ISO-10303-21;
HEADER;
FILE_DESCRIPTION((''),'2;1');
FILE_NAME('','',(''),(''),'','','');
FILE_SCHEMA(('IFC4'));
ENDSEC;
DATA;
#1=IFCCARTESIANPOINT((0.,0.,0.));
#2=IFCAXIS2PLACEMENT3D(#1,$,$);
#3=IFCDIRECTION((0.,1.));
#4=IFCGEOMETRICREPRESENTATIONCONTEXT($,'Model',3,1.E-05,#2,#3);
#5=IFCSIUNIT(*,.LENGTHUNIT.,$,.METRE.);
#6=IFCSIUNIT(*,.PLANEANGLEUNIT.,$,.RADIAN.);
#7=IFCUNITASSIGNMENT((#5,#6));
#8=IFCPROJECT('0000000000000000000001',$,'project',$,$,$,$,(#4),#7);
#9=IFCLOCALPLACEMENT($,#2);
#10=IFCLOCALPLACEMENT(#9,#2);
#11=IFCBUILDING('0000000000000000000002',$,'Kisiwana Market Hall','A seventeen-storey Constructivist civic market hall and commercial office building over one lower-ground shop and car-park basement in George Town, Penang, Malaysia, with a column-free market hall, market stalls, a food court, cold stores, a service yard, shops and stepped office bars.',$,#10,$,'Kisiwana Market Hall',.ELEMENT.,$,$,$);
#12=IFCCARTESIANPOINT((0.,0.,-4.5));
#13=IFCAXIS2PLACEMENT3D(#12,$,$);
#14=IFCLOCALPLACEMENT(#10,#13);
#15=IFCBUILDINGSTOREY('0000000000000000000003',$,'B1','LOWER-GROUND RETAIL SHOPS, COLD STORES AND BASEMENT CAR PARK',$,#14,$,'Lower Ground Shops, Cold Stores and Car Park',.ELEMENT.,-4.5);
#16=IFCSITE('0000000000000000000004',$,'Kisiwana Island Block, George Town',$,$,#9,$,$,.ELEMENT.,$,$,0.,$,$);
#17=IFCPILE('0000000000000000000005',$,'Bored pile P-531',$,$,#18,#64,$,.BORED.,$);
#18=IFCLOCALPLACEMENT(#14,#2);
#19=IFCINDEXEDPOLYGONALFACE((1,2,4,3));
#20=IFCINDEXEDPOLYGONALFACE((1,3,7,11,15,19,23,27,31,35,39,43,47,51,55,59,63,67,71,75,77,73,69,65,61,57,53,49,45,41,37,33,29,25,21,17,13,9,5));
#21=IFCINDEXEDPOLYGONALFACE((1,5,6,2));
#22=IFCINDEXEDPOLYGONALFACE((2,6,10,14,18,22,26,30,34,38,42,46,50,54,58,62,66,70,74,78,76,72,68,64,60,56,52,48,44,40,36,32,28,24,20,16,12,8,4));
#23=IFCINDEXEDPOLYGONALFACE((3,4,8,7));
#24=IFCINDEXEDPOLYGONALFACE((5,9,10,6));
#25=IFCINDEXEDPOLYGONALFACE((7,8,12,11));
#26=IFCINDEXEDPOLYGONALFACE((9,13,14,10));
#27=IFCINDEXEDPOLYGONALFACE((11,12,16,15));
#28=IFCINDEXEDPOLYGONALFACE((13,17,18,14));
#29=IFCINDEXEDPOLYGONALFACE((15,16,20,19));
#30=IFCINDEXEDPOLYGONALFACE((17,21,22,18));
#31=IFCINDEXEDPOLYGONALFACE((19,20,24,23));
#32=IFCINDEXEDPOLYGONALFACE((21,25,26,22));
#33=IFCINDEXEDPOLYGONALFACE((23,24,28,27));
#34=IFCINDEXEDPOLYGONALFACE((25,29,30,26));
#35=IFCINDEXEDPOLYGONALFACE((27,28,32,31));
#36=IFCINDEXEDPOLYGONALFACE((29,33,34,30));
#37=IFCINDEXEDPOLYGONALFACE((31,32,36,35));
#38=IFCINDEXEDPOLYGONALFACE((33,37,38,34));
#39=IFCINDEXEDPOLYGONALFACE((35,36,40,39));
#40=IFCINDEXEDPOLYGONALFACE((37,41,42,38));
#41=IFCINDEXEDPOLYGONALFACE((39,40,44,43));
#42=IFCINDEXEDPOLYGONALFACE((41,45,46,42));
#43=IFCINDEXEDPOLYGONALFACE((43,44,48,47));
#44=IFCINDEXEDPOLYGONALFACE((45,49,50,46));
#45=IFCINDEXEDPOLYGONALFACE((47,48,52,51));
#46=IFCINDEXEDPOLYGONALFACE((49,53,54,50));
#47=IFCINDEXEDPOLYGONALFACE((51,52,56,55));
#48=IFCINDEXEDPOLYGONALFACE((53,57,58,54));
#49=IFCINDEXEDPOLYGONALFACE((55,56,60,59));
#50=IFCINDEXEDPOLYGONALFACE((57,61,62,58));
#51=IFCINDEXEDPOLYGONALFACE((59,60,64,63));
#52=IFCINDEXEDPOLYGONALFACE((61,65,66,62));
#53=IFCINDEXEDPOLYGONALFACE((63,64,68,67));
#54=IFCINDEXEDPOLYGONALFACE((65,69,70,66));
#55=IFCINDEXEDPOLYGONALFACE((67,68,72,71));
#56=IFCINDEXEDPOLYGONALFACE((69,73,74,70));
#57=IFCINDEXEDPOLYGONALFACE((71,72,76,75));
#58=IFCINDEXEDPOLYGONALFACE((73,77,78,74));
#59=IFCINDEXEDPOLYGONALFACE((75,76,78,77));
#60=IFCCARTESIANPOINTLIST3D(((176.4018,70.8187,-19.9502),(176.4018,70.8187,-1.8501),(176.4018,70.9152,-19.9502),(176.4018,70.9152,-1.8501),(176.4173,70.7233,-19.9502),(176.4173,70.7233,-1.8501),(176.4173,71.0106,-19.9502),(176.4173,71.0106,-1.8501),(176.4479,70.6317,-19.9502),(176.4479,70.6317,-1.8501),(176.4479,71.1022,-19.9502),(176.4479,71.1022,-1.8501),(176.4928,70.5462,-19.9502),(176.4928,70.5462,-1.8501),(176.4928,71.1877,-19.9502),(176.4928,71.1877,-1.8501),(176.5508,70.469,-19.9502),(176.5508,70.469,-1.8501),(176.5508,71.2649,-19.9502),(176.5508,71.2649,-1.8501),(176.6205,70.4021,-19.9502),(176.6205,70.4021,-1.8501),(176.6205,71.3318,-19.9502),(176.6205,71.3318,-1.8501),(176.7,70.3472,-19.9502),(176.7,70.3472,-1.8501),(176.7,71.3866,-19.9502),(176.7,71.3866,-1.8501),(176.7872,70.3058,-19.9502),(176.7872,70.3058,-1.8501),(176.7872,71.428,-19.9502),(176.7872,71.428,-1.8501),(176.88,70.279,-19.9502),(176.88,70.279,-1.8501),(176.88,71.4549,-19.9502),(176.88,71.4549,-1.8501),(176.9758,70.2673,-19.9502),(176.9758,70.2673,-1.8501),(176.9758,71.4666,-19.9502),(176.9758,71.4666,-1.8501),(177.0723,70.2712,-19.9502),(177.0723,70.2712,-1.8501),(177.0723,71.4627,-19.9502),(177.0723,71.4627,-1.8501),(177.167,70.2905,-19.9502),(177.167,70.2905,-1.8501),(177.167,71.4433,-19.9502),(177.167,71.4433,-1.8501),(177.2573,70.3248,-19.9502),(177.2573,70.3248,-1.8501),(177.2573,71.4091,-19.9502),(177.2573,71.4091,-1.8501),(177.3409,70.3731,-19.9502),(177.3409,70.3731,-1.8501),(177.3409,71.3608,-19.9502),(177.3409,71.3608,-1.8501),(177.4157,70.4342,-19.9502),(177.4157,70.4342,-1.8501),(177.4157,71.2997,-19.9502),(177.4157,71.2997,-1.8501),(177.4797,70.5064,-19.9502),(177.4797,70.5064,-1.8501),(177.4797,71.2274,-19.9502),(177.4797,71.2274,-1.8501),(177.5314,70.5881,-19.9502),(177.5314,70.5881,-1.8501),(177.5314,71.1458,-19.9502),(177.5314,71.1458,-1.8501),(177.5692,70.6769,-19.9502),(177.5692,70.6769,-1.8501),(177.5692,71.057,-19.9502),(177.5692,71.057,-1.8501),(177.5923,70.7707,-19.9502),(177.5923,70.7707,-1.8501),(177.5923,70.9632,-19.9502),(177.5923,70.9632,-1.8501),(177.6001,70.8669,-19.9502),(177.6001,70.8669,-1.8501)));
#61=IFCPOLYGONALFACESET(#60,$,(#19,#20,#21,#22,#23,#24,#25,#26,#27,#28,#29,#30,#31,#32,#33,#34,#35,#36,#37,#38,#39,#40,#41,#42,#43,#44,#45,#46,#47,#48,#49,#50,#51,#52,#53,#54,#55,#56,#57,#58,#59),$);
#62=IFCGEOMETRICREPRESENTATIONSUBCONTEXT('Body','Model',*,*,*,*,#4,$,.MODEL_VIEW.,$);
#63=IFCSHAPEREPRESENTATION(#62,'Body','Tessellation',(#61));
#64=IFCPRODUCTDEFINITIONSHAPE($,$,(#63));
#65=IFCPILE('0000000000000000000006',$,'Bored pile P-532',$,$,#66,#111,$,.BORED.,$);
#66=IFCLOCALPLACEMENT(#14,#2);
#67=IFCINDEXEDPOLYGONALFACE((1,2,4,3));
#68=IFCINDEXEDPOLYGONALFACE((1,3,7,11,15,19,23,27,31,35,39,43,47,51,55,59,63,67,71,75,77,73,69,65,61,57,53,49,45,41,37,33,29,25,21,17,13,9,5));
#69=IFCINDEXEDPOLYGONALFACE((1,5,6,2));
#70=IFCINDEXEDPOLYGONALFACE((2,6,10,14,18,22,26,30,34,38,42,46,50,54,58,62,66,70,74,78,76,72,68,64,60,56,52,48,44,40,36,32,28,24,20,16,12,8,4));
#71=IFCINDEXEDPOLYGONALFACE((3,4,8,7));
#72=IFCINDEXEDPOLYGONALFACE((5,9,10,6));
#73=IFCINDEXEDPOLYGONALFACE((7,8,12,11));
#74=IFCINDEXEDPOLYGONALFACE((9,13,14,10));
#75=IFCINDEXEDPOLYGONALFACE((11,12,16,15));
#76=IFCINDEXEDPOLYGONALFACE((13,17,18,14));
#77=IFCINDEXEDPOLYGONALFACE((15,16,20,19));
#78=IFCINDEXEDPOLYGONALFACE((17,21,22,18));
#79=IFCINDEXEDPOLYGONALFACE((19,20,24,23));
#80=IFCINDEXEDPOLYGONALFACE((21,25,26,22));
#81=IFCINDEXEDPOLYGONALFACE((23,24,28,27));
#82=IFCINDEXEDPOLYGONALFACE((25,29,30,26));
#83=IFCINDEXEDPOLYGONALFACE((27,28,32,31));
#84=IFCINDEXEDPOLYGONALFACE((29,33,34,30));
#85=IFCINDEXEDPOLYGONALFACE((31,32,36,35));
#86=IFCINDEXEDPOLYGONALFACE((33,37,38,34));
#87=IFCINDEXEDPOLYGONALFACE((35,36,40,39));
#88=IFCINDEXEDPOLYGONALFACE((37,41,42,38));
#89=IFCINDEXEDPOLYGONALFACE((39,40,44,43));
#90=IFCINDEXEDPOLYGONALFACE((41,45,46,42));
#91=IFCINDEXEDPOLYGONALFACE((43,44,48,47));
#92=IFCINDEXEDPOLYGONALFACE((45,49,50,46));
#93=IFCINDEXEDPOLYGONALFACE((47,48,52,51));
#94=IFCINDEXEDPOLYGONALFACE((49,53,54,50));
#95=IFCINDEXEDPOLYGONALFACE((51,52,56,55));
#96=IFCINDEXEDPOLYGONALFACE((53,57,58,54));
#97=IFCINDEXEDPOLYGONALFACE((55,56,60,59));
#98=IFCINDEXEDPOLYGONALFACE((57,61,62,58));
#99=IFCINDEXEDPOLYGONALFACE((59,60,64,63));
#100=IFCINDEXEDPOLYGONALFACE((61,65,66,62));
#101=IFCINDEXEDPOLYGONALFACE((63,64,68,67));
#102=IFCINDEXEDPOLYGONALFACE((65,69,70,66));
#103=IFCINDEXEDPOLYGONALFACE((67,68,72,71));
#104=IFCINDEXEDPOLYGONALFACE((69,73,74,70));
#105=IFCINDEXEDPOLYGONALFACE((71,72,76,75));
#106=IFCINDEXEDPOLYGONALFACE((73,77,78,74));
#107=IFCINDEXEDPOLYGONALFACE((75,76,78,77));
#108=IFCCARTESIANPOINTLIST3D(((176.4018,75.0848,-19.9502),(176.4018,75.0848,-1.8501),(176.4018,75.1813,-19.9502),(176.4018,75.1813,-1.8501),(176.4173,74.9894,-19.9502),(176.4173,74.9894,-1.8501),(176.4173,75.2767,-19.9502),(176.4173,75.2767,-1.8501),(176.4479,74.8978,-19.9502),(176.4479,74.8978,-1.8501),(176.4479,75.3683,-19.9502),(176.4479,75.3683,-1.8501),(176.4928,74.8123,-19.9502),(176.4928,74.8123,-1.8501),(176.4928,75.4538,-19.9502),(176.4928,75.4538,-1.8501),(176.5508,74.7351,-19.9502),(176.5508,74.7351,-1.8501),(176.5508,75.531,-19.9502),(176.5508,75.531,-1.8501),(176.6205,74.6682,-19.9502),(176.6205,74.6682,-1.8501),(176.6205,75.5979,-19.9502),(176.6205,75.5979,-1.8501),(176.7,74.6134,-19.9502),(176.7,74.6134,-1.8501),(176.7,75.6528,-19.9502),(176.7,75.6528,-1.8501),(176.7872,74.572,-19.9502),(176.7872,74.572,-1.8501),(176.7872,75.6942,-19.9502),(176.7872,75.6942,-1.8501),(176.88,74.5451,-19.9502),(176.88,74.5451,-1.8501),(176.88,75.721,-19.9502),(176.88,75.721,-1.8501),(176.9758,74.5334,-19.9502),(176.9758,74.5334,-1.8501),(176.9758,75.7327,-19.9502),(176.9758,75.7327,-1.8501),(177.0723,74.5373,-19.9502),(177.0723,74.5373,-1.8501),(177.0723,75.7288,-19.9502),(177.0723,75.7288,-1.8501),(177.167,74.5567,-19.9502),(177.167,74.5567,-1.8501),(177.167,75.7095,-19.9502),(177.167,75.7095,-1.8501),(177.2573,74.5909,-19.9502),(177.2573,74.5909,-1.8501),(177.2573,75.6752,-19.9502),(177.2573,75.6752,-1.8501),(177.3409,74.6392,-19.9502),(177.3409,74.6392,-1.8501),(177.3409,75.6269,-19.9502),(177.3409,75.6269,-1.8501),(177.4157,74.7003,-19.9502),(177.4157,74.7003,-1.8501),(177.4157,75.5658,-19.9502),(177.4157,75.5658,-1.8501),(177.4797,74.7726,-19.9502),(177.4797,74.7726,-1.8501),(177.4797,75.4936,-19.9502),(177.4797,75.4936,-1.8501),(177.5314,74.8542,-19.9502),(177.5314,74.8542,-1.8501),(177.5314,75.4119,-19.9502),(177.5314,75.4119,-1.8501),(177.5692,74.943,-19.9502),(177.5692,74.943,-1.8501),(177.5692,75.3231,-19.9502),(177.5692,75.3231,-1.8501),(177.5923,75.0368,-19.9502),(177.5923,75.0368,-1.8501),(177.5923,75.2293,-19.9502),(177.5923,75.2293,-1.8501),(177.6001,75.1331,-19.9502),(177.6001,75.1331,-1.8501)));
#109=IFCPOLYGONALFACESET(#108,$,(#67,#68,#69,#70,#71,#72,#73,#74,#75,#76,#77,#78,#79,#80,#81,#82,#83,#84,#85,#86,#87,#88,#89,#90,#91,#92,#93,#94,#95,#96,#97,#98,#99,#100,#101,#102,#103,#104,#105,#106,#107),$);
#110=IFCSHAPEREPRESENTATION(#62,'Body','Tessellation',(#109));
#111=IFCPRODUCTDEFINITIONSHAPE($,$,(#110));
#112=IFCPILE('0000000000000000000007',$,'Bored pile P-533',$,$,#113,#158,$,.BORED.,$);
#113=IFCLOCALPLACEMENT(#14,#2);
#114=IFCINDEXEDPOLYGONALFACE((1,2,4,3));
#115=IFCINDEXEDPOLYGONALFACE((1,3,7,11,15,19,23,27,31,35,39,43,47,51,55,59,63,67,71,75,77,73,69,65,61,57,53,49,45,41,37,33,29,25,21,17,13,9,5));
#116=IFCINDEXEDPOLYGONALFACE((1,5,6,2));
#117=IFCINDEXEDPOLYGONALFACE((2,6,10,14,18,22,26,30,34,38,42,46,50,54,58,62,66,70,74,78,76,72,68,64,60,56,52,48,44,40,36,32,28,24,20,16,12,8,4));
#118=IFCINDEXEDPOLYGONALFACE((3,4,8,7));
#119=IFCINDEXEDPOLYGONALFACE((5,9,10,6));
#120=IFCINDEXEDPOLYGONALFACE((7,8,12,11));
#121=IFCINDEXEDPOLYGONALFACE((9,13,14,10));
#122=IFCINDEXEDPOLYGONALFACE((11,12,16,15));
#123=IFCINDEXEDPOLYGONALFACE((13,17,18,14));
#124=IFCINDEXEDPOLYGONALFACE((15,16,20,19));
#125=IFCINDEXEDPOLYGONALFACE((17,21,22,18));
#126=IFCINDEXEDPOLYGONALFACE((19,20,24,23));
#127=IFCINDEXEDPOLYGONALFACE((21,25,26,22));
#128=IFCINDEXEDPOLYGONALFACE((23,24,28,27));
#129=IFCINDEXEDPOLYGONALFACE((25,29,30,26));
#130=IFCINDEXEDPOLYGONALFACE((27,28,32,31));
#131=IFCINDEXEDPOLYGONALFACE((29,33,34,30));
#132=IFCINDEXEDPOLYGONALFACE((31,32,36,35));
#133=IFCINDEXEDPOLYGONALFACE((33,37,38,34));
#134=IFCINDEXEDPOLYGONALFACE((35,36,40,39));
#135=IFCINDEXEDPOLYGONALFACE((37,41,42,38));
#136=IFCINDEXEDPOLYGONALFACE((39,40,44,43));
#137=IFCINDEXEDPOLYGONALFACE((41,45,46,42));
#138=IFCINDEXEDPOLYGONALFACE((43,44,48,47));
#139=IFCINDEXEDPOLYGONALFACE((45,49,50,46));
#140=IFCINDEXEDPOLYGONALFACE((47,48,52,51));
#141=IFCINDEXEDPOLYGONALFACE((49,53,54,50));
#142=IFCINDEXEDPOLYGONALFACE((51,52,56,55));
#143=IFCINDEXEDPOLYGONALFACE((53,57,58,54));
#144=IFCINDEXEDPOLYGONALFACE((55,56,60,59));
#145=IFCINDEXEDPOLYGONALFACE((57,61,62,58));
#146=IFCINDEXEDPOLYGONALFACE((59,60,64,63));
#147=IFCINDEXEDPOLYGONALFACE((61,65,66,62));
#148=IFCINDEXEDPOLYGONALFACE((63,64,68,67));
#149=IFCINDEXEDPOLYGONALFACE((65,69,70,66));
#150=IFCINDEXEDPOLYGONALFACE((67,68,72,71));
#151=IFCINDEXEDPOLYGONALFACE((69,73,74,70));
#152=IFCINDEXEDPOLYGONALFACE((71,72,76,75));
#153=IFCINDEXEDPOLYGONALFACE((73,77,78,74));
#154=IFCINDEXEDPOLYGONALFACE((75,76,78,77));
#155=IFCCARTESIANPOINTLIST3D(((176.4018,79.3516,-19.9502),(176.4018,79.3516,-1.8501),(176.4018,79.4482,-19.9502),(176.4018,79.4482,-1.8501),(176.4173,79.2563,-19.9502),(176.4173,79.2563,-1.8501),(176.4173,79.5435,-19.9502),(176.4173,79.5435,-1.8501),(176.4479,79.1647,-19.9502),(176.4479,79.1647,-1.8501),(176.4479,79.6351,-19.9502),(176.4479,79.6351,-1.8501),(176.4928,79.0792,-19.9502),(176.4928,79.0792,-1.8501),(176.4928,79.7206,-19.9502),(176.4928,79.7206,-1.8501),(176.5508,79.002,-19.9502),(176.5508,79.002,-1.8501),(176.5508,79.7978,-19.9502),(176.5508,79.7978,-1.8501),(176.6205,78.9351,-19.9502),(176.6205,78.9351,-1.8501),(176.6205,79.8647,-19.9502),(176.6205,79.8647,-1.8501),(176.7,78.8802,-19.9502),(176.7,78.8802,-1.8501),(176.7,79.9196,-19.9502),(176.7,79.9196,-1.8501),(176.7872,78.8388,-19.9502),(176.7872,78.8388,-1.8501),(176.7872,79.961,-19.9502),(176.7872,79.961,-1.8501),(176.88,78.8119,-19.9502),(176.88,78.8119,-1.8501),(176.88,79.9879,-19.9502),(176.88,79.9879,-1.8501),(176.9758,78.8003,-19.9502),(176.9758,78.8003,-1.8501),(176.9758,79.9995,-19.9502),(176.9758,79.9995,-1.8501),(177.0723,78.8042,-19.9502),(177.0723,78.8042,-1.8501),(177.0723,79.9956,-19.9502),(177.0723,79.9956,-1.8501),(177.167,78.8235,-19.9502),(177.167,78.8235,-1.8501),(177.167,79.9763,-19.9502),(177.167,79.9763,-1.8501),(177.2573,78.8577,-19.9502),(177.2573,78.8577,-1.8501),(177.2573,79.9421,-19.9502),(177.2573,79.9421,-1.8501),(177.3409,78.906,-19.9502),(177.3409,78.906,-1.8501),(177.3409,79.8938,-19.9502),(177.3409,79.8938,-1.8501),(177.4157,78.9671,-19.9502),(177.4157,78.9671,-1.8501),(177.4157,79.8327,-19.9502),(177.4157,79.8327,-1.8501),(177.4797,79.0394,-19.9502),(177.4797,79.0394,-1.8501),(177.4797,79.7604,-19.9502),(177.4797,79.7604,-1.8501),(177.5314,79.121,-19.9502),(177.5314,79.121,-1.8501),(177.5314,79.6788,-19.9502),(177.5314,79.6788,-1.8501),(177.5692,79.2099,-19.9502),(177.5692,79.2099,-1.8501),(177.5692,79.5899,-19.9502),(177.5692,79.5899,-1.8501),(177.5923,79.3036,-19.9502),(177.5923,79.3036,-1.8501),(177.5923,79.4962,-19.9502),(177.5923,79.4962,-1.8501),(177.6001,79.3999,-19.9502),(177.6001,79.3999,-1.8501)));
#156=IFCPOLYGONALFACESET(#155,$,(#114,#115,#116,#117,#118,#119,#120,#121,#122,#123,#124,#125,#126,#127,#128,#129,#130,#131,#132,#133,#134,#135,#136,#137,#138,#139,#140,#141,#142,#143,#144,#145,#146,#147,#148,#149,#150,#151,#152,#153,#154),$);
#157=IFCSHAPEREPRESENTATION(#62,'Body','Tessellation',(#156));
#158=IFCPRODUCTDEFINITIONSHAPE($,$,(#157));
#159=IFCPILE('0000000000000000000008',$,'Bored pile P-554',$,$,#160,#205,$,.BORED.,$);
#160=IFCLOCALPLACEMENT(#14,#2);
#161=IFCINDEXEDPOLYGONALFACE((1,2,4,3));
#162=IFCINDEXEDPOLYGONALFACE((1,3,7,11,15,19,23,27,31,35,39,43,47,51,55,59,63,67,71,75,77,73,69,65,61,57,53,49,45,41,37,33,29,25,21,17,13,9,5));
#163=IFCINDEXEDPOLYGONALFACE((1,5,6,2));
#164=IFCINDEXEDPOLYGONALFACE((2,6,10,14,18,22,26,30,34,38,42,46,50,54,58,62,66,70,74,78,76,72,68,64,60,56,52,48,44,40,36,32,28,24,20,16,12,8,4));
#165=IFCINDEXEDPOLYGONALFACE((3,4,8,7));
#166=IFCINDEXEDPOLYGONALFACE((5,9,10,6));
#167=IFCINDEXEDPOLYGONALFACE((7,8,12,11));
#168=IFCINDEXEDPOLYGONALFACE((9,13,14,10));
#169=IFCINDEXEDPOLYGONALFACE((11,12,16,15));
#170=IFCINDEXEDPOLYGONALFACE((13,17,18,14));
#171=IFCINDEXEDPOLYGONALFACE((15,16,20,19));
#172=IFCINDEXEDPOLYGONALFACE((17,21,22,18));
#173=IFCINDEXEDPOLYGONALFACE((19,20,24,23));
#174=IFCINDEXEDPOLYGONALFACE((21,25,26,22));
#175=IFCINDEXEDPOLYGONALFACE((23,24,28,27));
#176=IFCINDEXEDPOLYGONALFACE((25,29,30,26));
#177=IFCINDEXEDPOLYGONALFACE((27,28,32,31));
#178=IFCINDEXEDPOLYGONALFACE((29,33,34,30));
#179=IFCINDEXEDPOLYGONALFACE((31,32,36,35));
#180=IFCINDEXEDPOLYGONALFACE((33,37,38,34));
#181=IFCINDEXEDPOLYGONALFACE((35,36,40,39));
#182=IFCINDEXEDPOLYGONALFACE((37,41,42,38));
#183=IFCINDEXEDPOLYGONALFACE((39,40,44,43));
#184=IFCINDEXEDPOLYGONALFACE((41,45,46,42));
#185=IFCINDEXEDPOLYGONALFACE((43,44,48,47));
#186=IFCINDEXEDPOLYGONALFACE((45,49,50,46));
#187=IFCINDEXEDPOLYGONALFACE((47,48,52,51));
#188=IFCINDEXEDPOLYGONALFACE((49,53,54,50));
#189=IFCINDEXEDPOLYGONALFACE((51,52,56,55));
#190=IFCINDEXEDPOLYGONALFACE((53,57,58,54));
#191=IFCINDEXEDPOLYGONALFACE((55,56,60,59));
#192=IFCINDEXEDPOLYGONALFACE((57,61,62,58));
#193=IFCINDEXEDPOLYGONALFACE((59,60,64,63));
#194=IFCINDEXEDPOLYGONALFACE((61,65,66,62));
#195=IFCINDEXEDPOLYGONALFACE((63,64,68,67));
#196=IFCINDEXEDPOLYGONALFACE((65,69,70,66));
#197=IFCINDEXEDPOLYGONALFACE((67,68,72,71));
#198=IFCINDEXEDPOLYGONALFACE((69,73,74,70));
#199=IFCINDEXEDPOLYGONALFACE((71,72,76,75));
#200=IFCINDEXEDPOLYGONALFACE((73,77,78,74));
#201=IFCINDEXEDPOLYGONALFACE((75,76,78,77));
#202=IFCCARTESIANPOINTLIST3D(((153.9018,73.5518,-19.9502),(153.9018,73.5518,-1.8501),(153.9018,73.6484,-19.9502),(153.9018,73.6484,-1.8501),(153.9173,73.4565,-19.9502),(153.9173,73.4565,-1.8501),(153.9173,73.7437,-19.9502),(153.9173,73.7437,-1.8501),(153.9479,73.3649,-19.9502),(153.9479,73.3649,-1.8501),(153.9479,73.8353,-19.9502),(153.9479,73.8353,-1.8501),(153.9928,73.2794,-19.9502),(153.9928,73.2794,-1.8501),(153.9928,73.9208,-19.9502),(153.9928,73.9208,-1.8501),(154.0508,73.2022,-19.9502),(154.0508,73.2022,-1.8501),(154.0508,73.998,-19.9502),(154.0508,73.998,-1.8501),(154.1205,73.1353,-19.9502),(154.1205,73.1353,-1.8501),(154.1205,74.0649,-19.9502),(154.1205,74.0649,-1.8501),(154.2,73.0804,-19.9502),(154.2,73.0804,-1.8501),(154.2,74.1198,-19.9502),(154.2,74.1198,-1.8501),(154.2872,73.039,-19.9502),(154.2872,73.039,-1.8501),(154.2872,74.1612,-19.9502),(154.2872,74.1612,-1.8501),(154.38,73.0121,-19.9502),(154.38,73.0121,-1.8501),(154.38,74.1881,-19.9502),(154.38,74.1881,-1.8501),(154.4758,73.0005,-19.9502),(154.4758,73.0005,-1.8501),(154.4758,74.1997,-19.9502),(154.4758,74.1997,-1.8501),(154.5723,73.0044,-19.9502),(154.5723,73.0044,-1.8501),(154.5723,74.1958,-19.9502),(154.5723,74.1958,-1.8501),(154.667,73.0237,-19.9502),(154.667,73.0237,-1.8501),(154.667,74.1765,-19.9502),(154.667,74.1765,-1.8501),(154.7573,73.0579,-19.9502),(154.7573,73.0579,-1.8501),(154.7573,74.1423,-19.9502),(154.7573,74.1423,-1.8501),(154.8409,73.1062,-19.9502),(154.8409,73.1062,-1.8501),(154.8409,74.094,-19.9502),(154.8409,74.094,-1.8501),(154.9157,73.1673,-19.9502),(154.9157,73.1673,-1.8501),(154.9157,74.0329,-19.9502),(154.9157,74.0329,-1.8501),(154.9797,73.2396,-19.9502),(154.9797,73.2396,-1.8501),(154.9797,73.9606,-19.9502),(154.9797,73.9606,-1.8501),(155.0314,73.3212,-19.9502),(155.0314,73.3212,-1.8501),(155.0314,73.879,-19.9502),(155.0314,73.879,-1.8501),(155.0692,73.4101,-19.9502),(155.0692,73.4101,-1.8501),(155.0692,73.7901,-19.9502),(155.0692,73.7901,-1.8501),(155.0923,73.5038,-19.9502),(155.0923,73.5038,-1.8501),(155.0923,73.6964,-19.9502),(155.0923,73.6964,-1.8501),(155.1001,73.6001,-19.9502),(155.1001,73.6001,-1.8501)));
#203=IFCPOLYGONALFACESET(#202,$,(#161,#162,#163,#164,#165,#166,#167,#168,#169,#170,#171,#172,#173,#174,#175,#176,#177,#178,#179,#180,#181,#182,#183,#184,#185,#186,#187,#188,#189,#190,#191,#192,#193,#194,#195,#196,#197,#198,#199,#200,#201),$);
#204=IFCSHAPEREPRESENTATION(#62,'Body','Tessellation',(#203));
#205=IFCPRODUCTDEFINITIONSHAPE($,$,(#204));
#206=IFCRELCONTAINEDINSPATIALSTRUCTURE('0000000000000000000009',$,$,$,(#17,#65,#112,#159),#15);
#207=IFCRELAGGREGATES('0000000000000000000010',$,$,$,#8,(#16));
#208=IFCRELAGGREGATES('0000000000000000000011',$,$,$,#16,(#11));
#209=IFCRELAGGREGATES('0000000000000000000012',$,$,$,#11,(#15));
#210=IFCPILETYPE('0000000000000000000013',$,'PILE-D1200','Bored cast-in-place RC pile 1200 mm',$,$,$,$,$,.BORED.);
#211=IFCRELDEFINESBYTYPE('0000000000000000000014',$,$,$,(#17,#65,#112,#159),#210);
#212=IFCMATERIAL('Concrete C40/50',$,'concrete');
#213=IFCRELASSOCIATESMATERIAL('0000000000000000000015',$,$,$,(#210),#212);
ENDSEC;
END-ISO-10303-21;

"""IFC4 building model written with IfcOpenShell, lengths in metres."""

from ifc_helpers import new_model, si_unit, direction, frame, origin, origin_2d, place, context, subcontext, project, spatial, circle, extrude, material, material_profile, profile_set, type_object, element, save


model = new_model("IFC4")

# Units and contexts
model_context = context("Model", 3, precision=1e-05, world=origin(), true_north=direction((0.0, 1.0)))
body_context = subcontext(model_context, "Body", "Model", "MODEL_VIEW")
ifc_project = project(units=[si_unit("LENGTHUNIT", "METRE"), si_unit("PLANEANGLEUNIT", "RADIAN")], contexts=[model_context])

# Site, building, storey
site_placement = place(None, origin())
site = spatial("IfcSite", under=ifc_project, at=site_placement, Name="Kisiwana Island Block, George Town", CompositionType="ELEMENT", RefElevation=0.0)
building_placement = place(site_placement, origin())
building = spatial("IfcBuilding", under=site, at=building_placement, Name="Kisiwana Market Hall", Description="A seventeen-storey Constructivist civic market hall and commercial office building over one lower-ground shop and car-park basement in George Town, Penang, Malaysia, with a column-free market hall, market stalls, a food court, cold stores, a service yard, shops and stepped office bars.", LongName="Kisiwana Market Hall", CompositionType="ELEMENT")
storey_placement = place(building_placement, frame((0.0, 0.0, -4.5)))
storey = spatial("IfcBuildingStorey", under=building, at=storey_placement, Name="B1", Description="LOWER-GROUND RETAIL SHOPS, COLD STORES AND BASEMENT CAR PARK", LongName="Lower Ground Shops, Cold Stores and Car Park", CompositionType="ELEMENT", Elevation=-4.5)

# Piles
ifc_material_1 = material(Name="Concrete C40/50", Category="concrete")
ifc_material_profile_1 = material_profile(ifc_material_1, circle(Radius=0.6001, at=origin_2d()), Name="BP D1200")
ifc_profile_set_1 = profile_set([ifc_material_profile_1], Name="Concrete C40/50")
pile_type_1 = type_object("IfcPileType", Name="PILE-D1200", Description="Bored cast-in-place RC pile 1200 mm", PredefinedType="BORED", material=ifc_profile_set_1)
for number, where, z_axis, x_axis, name in (
    (1, (177.0, 70.8669, -1.8501), (0.0, 0.0, -1.0), (1.0, 0.0, 0.0), "Bored pile P-531"),
    (2, (177.0, 75.1331, -1.8501), (0.0, 0.0, -1.0), (1.0, 0.0, 0.0), "Bored pile P-532"),
    (3, (177.0, 79.3999, -1.8501), (0.0, 0.0, -1.0), (1.0, 0.0, 0.0), "Bored pile P-533"),
    (4, (154.5, 73.6001, -1.8501), (0.0, 0.0, -1.0), (1.0, 0.0, 0.0), "Bored pile P-554"),
):
    element("IfcPile", number, at=place(storey_placement, frame(where, z_axis=z_axis, x_axis=x_axis)), inside=storey, type_object=pile_type_1, Name=name, PredefinedType="BORED", context=body_context, shape_type="SweptSolid", body=[
        extrude(circle(Radius=0.6001, at=origin_2d()), origin(), (0.0, 0.0, 1.0), 18.1001),
    ])

save(model, "model.ifc")
